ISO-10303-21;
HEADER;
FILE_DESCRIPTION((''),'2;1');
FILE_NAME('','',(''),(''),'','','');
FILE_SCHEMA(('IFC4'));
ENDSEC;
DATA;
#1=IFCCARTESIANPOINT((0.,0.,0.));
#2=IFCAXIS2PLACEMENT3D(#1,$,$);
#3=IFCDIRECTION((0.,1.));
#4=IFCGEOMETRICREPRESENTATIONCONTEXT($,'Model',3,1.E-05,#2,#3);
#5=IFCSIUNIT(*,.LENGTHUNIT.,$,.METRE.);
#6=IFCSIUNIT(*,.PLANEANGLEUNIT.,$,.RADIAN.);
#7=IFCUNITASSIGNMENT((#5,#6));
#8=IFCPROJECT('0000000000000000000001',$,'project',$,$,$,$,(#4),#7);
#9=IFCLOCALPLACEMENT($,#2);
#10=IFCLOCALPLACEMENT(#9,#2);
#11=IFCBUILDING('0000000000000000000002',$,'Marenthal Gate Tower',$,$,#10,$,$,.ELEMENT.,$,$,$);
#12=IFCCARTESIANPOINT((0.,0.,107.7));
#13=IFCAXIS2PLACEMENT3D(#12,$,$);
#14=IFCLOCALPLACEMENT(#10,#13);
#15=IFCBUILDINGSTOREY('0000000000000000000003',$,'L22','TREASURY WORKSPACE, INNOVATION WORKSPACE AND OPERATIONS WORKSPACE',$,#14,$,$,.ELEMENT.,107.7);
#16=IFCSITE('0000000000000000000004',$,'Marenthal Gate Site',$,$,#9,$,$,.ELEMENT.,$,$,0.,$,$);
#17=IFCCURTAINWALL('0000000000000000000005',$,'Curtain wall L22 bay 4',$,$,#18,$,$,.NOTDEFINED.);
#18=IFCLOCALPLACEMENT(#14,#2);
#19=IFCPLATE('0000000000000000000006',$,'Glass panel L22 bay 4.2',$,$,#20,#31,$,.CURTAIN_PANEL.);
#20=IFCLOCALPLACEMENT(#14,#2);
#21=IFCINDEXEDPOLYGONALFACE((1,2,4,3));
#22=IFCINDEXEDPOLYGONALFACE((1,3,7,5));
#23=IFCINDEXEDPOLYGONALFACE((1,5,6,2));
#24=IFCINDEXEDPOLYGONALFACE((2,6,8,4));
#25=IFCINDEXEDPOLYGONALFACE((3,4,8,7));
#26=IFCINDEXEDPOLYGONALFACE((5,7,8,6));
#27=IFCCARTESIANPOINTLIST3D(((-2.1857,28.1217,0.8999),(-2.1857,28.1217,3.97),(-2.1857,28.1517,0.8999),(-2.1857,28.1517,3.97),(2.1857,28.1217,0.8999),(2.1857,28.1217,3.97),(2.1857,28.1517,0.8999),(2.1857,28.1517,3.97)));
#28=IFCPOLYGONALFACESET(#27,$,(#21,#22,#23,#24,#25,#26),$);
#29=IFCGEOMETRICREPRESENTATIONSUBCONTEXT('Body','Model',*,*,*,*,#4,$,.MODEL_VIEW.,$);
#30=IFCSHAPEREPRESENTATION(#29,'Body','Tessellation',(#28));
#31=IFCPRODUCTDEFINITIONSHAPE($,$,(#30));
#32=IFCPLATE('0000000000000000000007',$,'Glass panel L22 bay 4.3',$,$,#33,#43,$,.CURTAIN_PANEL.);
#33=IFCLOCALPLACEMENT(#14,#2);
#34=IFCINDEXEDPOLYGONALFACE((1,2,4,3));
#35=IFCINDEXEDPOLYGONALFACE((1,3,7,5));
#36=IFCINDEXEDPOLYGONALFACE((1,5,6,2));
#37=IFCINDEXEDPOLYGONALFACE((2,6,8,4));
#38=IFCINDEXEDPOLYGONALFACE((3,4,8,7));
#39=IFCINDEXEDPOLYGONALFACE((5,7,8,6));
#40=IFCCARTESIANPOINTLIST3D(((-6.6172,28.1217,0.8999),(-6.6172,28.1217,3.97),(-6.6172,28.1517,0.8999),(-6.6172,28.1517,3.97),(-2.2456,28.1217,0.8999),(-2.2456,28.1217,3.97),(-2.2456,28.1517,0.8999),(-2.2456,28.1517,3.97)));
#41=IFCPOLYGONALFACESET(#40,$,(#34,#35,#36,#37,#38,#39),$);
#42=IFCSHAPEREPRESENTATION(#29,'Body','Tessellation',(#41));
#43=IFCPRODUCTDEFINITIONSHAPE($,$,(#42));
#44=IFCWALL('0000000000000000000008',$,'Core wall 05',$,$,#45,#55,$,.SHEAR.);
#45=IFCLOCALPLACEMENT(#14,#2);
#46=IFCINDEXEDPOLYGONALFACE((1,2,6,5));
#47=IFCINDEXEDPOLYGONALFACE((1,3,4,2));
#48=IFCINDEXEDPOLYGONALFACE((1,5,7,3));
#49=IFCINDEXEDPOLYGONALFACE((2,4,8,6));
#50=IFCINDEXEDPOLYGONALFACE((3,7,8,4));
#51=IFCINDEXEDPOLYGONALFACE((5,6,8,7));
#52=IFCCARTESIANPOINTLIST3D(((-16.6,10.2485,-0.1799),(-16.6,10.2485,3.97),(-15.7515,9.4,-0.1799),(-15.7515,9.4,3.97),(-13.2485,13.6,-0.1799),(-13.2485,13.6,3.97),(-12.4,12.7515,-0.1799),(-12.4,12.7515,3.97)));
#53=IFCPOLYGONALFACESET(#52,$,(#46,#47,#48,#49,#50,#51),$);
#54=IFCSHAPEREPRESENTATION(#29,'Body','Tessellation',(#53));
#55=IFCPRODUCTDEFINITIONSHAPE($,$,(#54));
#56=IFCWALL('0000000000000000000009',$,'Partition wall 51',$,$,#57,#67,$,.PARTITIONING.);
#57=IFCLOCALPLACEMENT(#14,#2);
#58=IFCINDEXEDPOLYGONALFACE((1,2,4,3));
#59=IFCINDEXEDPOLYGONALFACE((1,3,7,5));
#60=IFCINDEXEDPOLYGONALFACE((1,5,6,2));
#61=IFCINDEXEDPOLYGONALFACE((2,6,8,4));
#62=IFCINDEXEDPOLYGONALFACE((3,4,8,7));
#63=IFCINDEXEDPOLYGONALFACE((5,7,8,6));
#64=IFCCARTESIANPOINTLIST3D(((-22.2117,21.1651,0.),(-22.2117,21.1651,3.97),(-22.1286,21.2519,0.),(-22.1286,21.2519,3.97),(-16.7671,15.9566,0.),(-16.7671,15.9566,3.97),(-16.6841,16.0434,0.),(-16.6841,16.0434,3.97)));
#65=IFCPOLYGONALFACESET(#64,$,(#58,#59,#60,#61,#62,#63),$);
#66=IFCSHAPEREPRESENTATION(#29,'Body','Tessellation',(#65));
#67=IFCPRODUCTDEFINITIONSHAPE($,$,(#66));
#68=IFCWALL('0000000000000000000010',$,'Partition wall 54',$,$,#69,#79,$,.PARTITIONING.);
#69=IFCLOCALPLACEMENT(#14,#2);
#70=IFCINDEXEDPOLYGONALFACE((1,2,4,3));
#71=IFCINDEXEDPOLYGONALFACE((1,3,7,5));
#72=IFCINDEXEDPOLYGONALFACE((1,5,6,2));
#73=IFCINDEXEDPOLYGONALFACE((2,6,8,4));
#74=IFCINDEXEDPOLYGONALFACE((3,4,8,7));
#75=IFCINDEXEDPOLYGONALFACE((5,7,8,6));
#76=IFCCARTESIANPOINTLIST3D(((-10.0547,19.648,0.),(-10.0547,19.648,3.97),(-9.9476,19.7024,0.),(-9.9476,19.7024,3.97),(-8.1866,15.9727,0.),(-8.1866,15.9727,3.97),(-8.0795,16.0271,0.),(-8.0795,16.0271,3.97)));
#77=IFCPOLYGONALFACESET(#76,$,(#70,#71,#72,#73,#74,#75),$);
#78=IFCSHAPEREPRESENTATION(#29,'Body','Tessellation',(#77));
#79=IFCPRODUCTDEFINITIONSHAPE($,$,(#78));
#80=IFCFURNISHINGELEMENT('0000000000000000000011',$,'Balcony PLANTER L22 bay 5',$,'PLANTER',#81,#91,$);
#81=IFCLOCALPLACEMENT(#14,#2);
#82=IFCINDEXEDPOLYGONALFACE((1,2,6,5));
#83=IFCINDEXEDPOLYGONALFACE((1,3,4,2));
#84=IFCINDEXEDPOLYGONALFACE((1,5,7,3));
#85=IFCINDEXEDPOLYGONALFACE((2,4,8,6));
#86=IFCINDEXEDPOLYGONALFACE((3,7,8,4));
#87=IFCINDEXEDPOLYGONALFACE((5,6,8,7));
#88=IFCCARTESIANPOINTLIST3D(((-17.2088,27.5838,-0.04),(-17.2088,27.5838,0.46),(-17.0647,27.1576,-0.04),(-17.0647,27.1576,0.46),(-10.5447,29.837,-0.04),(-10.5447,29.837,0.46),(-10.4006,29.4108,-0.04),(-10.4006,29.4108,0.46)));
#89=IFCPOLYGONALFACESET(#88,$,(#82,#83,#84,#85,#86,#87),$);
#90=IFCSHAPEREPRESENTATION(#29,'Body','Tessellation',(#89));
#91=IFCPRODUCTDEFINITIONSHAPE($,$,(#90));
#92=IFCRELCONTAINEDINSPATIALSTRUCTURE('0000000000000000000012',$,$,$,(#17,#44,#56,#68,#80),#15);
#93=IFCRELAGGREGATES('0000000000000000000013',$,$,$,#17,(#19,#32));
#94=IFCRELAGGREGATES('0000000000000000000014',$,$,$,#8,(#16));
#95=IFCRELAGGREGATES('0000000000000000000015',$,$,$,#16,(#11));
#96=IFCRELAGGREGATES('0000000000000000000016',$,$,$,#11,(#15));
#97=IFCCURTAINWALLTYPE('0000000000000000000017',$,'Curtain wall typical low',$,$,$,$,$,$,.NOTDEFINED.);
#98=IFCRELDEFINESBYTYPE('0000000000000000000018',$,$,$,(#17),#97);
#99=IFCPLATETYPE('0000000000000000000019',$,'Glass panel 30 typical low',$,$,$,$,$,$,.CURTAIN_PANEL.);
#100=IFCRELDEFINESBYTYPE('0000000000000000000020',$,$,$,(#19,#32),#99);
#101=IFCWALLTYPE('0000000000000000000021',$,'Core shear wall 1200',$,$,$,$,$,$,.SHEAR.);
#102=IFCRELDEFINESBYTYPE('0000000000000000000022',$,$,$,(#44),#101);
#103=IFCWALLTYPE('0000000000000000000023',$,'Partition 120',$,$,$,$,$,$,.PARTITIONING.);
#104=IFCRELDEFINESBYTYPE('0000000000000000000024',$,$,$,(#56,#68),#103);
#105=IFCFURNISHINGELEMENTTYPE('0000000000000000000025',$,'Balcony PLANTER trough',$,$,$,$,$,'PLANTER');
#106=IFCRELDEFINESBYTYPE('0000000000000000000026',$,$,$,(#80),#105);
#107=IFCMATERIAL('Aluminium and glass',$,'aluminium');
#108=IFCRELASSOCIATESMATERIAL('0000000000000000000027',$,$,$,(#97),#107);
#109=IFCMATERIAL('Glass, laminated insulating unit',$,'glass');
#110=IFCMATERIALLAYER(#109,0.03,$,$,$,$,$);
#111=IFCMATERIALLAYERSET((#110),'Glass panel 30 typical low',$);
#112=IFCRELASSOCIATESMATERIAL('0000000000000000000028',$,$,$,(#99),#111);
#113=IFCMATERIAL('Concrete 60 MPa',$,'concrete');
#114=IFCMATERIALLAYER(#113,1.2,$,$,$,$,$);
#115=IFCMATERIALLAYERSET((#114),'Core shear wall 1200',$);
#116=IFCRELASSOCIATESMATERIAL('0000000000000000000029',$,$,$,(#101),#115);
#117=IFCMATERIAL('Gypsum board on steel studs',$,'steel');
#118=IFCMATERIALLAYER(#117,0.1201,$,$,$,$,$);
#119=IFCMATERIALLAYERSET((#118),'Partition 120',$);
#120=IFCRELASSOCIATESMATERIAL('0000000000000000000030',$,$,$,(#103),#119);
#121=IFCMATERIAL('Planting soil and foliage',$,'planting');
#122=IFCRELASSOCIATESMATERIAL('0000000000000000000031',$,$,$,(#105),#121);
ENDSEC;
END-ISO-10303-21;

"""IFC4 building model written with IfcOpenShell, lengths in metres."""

from ifc_helpers import new_model, si_unit, direction, frame, frame_2d, origin, origin_2d, place, context, subcontext, project, spatial, rectangle, extrude, material, layer, layer_set, type_object, element, aggregate, save


model = new_model("IFC4")

# Units and contexts
model_context = context("Model", 3, precision=1e-05, world=origin(), true_north=direction((0.0, 1.0)))
body_context = subcontext(model_context, "Body", "Model", "MODEL_VIEW")
ifc_project = project(units=[si_unit("LENGTHUNIT", "METRE"), si_unit("PLANEANGLEUNIT", "RADIAN")], contexts=[model_context])

# Site, building, storey
site_placement = place(None, origin())
site = spatial("IfcSite", under=ifc_project, at=site_placement, Name="Marenthal Gate Site", CompositionType="ELEMENT", RefElevation=0.0)
building_placement = place(site_placement, origin())
building = spatial("IfcBuilding", under=site, at=building_placement, Name="Marenthal Gate Tower", CompositionType="ELEMENT")
storey_placement = place(building_placement, frame((0.0, 0.0, 107.7)))
storey = spatial("IfcBuildingStorey", under=building, at=storey_placement, Name="L22", Description="TREASURY WORKSPACE, INNOVATION WORKSPACE AND OPERATIONS WORKSPACE", CompositionType="ELEMENT", Elevation=107.7)

# Curtain wall
ifc_material_1 = material(Name="Aluminium and glass", Category="aluminium")
curtain_wall_type = type_object("IfcCurtainWallType", Name="Curtain wall typical low", PredefinedType="NOTDEFINED", material=ifc_material_1)
curtain_wall_placement = place(storey_placement, origin())
curtain_wall = element("IfcCurtainWall", 1, at=curtain_wall_placement, inside=storey, type_object=curtain_wall_type, Name="Curtain wall L22 bay 4", PredefinedType="NOTDEFINED")

# Plates
ifc_material_2 = material(Name="Glass, laminated insulating unit", Category="glass")
ifc_layer_1 = layer(ifc_material_2, 0.03)
ifc_layer_set_1 = layer_set([ifc_layer_1], Name="Glass panel 30 typical low")
plate_type = type_object("IfcPlateType", Name="Glass panel 30 typical low", PredefinedType="CURTAIN_PANEL", material=ifc_layer_set_1)
plate_1_placement = place(storey_placement, frame((0.0, 28.1367, 0.8999), z_axis=(0.0, 0.0, 1.0), x_axis=(-1.0, 0.0, 0.0)))
plate_1 = element("IfcPlate", 2, at=plate_1_placement, type_object=plate_type, Name="Glass panel L22 bay 4.2", PredefinedType="CURTAIN_PANEL", context=body_context, shape_type="SweptSolid", body=[
    extrude(rectangle(XDim=4.3713, YDim=0.03, at=origin_2d()), origin(), (0.0, 0.0, 1.0), 3.0701),
])
plate_2_placement = place(storey_placement, frame((-4.4314, 28.1367, 0.8999), z_axis=(0.0, 0.0, 1.0), x_axis=(-1.0, 0.0, 0.0)))
plate_2 = element("IfcPlate", 3, at=plate_2_placement, type_object=plate_type, Name="Glass panel L22 bay 4.3", PredefinedType="CURTAIN_PANEL", context=body_context, shape_type="SweptSolid", body=[
    extrude(rectangle(XDim=4.3716, YDim=0.03, at=origin_2d()), origin(), (0.0, 0.0, 1.0), 3.0701),
])
aggregate(curtain_wall, [plate_1, plate_2])

# Walls
ifc_material_3 = material(Name="Concrete 60 MPa", Category="concrete")
ifc_layer_2 = layer(ifc_material_3, 1.2)
ifc_layer_set_2 = layer_set([ifc_layer_2], Name="Core shear wall 1200")
wall_type_1 = type_object("IfcWallType", Name="Core shear wall 1200", PredefinedType="SHEAR", material=ifc_layer_set_2)
wall_1_placement = place(storey_placement, frame((-12.8242, 13.1758, -0.1799), z_axis=(0.0, 0.0, 1.0), x_axis=(-0.707107, -0.707107, 0.0)))
element("IfcWall", 4, at=wall_1_placement, inside=storey, type_object=wall_type_1, Name="Core wall 05", PredefinedType="SHEAR", context=body_context, shape_type="SweptSolid", body=[
    extrude(rectangle(XDim=4.7397, YDim=1.2, at=frame_2d((2.3699, 0.0))), origin(), (0.0, 0.0, 1.0), 4.1499),
])
ifc_material_4 = material(Name="Gypsum board on steel studs", Category="steel")
ifc_layer_3 = layer(ifc_material_4, 0.1201)
ifc_layer_set_3 = layer_set([ifc_layer_3], Name="Partition 120")
wall_type_2 = type_object("IfcWallType", Name="Partition 120", PredefinedType="PARTITIONING", material=ifc_layer_set_3)
wall_2_placement = place(storey_placement, frame((-16.7256, 16.0, 0.0), z_axis=(0.0, 0.0, 1.0), x_axis=(-0.7226, 0.691267, 0.0)))
element("IfcWall", 5, at=wall_2_placement, inside=storey, type_object=wall_type_2, Name="Partition wall 51", PredefinedType="PARTITIONING", context=body_context, shape_type="SweptSolid", body=[
    extrude(rectangle(XDim=7.5347, YDim=0.1201, at=frame_2d((3.7673, 0.0))), origin(), (0.0, 0.0, 1.0), 3.97),
])
wall_3_placement = place(storey_placement, frame((-10.0012, 19.6753, 0.0), z_axis=(0.0, 0.0, 1.0), x_axis=(0.453125, -0.891447, 0.0)))
element("IfcWall", 6, at=wall_3_placement, inside=storey, type_object=wall_type_2, Name="Partition wall 54", PredefinedType="PARTITIONING", context=body_context, shape_type="SweptSolid", body=[
    extrude(rectangle(XDim=4.1228, YDim=0.1201, at=frame_2d((2.0615, 0.0))), origin(), (0.0, 0.0, 1.0), 3.97),
])

# Furnishing element
ifc_material_5 = material(Name="Planting soil and foliage", Category="planting")
furnishing_element_type = type_object("IfcFurnishingElementType", Name="Balcony PLANTER trough", ElementType="PLANTER", material=ifc_material_5)
furnishing_placement = place(storey_placement, frame((-13.8047, 28.4973, -0.04), z_axis=(0.0, 0.0, 1.0), x_axis=(-0.947316, -0.3203, 0.0)))
element("IfcFurnishingElement", 7, at=furnishing_placement, inside=storey, type_object=furnishing_element_type, Name="Balcony PLANTER L22 bay 5", ObjectType="PLANTER", context=body_context, shape_type="SweptSolid", body=[
    extrude(rectangle(XDim=7.0347, YDim=0.45, at=origin_2d()), origin(), (0.0, 0.0, 1.0), 0.5),
])

save(model, "model.ifc")
